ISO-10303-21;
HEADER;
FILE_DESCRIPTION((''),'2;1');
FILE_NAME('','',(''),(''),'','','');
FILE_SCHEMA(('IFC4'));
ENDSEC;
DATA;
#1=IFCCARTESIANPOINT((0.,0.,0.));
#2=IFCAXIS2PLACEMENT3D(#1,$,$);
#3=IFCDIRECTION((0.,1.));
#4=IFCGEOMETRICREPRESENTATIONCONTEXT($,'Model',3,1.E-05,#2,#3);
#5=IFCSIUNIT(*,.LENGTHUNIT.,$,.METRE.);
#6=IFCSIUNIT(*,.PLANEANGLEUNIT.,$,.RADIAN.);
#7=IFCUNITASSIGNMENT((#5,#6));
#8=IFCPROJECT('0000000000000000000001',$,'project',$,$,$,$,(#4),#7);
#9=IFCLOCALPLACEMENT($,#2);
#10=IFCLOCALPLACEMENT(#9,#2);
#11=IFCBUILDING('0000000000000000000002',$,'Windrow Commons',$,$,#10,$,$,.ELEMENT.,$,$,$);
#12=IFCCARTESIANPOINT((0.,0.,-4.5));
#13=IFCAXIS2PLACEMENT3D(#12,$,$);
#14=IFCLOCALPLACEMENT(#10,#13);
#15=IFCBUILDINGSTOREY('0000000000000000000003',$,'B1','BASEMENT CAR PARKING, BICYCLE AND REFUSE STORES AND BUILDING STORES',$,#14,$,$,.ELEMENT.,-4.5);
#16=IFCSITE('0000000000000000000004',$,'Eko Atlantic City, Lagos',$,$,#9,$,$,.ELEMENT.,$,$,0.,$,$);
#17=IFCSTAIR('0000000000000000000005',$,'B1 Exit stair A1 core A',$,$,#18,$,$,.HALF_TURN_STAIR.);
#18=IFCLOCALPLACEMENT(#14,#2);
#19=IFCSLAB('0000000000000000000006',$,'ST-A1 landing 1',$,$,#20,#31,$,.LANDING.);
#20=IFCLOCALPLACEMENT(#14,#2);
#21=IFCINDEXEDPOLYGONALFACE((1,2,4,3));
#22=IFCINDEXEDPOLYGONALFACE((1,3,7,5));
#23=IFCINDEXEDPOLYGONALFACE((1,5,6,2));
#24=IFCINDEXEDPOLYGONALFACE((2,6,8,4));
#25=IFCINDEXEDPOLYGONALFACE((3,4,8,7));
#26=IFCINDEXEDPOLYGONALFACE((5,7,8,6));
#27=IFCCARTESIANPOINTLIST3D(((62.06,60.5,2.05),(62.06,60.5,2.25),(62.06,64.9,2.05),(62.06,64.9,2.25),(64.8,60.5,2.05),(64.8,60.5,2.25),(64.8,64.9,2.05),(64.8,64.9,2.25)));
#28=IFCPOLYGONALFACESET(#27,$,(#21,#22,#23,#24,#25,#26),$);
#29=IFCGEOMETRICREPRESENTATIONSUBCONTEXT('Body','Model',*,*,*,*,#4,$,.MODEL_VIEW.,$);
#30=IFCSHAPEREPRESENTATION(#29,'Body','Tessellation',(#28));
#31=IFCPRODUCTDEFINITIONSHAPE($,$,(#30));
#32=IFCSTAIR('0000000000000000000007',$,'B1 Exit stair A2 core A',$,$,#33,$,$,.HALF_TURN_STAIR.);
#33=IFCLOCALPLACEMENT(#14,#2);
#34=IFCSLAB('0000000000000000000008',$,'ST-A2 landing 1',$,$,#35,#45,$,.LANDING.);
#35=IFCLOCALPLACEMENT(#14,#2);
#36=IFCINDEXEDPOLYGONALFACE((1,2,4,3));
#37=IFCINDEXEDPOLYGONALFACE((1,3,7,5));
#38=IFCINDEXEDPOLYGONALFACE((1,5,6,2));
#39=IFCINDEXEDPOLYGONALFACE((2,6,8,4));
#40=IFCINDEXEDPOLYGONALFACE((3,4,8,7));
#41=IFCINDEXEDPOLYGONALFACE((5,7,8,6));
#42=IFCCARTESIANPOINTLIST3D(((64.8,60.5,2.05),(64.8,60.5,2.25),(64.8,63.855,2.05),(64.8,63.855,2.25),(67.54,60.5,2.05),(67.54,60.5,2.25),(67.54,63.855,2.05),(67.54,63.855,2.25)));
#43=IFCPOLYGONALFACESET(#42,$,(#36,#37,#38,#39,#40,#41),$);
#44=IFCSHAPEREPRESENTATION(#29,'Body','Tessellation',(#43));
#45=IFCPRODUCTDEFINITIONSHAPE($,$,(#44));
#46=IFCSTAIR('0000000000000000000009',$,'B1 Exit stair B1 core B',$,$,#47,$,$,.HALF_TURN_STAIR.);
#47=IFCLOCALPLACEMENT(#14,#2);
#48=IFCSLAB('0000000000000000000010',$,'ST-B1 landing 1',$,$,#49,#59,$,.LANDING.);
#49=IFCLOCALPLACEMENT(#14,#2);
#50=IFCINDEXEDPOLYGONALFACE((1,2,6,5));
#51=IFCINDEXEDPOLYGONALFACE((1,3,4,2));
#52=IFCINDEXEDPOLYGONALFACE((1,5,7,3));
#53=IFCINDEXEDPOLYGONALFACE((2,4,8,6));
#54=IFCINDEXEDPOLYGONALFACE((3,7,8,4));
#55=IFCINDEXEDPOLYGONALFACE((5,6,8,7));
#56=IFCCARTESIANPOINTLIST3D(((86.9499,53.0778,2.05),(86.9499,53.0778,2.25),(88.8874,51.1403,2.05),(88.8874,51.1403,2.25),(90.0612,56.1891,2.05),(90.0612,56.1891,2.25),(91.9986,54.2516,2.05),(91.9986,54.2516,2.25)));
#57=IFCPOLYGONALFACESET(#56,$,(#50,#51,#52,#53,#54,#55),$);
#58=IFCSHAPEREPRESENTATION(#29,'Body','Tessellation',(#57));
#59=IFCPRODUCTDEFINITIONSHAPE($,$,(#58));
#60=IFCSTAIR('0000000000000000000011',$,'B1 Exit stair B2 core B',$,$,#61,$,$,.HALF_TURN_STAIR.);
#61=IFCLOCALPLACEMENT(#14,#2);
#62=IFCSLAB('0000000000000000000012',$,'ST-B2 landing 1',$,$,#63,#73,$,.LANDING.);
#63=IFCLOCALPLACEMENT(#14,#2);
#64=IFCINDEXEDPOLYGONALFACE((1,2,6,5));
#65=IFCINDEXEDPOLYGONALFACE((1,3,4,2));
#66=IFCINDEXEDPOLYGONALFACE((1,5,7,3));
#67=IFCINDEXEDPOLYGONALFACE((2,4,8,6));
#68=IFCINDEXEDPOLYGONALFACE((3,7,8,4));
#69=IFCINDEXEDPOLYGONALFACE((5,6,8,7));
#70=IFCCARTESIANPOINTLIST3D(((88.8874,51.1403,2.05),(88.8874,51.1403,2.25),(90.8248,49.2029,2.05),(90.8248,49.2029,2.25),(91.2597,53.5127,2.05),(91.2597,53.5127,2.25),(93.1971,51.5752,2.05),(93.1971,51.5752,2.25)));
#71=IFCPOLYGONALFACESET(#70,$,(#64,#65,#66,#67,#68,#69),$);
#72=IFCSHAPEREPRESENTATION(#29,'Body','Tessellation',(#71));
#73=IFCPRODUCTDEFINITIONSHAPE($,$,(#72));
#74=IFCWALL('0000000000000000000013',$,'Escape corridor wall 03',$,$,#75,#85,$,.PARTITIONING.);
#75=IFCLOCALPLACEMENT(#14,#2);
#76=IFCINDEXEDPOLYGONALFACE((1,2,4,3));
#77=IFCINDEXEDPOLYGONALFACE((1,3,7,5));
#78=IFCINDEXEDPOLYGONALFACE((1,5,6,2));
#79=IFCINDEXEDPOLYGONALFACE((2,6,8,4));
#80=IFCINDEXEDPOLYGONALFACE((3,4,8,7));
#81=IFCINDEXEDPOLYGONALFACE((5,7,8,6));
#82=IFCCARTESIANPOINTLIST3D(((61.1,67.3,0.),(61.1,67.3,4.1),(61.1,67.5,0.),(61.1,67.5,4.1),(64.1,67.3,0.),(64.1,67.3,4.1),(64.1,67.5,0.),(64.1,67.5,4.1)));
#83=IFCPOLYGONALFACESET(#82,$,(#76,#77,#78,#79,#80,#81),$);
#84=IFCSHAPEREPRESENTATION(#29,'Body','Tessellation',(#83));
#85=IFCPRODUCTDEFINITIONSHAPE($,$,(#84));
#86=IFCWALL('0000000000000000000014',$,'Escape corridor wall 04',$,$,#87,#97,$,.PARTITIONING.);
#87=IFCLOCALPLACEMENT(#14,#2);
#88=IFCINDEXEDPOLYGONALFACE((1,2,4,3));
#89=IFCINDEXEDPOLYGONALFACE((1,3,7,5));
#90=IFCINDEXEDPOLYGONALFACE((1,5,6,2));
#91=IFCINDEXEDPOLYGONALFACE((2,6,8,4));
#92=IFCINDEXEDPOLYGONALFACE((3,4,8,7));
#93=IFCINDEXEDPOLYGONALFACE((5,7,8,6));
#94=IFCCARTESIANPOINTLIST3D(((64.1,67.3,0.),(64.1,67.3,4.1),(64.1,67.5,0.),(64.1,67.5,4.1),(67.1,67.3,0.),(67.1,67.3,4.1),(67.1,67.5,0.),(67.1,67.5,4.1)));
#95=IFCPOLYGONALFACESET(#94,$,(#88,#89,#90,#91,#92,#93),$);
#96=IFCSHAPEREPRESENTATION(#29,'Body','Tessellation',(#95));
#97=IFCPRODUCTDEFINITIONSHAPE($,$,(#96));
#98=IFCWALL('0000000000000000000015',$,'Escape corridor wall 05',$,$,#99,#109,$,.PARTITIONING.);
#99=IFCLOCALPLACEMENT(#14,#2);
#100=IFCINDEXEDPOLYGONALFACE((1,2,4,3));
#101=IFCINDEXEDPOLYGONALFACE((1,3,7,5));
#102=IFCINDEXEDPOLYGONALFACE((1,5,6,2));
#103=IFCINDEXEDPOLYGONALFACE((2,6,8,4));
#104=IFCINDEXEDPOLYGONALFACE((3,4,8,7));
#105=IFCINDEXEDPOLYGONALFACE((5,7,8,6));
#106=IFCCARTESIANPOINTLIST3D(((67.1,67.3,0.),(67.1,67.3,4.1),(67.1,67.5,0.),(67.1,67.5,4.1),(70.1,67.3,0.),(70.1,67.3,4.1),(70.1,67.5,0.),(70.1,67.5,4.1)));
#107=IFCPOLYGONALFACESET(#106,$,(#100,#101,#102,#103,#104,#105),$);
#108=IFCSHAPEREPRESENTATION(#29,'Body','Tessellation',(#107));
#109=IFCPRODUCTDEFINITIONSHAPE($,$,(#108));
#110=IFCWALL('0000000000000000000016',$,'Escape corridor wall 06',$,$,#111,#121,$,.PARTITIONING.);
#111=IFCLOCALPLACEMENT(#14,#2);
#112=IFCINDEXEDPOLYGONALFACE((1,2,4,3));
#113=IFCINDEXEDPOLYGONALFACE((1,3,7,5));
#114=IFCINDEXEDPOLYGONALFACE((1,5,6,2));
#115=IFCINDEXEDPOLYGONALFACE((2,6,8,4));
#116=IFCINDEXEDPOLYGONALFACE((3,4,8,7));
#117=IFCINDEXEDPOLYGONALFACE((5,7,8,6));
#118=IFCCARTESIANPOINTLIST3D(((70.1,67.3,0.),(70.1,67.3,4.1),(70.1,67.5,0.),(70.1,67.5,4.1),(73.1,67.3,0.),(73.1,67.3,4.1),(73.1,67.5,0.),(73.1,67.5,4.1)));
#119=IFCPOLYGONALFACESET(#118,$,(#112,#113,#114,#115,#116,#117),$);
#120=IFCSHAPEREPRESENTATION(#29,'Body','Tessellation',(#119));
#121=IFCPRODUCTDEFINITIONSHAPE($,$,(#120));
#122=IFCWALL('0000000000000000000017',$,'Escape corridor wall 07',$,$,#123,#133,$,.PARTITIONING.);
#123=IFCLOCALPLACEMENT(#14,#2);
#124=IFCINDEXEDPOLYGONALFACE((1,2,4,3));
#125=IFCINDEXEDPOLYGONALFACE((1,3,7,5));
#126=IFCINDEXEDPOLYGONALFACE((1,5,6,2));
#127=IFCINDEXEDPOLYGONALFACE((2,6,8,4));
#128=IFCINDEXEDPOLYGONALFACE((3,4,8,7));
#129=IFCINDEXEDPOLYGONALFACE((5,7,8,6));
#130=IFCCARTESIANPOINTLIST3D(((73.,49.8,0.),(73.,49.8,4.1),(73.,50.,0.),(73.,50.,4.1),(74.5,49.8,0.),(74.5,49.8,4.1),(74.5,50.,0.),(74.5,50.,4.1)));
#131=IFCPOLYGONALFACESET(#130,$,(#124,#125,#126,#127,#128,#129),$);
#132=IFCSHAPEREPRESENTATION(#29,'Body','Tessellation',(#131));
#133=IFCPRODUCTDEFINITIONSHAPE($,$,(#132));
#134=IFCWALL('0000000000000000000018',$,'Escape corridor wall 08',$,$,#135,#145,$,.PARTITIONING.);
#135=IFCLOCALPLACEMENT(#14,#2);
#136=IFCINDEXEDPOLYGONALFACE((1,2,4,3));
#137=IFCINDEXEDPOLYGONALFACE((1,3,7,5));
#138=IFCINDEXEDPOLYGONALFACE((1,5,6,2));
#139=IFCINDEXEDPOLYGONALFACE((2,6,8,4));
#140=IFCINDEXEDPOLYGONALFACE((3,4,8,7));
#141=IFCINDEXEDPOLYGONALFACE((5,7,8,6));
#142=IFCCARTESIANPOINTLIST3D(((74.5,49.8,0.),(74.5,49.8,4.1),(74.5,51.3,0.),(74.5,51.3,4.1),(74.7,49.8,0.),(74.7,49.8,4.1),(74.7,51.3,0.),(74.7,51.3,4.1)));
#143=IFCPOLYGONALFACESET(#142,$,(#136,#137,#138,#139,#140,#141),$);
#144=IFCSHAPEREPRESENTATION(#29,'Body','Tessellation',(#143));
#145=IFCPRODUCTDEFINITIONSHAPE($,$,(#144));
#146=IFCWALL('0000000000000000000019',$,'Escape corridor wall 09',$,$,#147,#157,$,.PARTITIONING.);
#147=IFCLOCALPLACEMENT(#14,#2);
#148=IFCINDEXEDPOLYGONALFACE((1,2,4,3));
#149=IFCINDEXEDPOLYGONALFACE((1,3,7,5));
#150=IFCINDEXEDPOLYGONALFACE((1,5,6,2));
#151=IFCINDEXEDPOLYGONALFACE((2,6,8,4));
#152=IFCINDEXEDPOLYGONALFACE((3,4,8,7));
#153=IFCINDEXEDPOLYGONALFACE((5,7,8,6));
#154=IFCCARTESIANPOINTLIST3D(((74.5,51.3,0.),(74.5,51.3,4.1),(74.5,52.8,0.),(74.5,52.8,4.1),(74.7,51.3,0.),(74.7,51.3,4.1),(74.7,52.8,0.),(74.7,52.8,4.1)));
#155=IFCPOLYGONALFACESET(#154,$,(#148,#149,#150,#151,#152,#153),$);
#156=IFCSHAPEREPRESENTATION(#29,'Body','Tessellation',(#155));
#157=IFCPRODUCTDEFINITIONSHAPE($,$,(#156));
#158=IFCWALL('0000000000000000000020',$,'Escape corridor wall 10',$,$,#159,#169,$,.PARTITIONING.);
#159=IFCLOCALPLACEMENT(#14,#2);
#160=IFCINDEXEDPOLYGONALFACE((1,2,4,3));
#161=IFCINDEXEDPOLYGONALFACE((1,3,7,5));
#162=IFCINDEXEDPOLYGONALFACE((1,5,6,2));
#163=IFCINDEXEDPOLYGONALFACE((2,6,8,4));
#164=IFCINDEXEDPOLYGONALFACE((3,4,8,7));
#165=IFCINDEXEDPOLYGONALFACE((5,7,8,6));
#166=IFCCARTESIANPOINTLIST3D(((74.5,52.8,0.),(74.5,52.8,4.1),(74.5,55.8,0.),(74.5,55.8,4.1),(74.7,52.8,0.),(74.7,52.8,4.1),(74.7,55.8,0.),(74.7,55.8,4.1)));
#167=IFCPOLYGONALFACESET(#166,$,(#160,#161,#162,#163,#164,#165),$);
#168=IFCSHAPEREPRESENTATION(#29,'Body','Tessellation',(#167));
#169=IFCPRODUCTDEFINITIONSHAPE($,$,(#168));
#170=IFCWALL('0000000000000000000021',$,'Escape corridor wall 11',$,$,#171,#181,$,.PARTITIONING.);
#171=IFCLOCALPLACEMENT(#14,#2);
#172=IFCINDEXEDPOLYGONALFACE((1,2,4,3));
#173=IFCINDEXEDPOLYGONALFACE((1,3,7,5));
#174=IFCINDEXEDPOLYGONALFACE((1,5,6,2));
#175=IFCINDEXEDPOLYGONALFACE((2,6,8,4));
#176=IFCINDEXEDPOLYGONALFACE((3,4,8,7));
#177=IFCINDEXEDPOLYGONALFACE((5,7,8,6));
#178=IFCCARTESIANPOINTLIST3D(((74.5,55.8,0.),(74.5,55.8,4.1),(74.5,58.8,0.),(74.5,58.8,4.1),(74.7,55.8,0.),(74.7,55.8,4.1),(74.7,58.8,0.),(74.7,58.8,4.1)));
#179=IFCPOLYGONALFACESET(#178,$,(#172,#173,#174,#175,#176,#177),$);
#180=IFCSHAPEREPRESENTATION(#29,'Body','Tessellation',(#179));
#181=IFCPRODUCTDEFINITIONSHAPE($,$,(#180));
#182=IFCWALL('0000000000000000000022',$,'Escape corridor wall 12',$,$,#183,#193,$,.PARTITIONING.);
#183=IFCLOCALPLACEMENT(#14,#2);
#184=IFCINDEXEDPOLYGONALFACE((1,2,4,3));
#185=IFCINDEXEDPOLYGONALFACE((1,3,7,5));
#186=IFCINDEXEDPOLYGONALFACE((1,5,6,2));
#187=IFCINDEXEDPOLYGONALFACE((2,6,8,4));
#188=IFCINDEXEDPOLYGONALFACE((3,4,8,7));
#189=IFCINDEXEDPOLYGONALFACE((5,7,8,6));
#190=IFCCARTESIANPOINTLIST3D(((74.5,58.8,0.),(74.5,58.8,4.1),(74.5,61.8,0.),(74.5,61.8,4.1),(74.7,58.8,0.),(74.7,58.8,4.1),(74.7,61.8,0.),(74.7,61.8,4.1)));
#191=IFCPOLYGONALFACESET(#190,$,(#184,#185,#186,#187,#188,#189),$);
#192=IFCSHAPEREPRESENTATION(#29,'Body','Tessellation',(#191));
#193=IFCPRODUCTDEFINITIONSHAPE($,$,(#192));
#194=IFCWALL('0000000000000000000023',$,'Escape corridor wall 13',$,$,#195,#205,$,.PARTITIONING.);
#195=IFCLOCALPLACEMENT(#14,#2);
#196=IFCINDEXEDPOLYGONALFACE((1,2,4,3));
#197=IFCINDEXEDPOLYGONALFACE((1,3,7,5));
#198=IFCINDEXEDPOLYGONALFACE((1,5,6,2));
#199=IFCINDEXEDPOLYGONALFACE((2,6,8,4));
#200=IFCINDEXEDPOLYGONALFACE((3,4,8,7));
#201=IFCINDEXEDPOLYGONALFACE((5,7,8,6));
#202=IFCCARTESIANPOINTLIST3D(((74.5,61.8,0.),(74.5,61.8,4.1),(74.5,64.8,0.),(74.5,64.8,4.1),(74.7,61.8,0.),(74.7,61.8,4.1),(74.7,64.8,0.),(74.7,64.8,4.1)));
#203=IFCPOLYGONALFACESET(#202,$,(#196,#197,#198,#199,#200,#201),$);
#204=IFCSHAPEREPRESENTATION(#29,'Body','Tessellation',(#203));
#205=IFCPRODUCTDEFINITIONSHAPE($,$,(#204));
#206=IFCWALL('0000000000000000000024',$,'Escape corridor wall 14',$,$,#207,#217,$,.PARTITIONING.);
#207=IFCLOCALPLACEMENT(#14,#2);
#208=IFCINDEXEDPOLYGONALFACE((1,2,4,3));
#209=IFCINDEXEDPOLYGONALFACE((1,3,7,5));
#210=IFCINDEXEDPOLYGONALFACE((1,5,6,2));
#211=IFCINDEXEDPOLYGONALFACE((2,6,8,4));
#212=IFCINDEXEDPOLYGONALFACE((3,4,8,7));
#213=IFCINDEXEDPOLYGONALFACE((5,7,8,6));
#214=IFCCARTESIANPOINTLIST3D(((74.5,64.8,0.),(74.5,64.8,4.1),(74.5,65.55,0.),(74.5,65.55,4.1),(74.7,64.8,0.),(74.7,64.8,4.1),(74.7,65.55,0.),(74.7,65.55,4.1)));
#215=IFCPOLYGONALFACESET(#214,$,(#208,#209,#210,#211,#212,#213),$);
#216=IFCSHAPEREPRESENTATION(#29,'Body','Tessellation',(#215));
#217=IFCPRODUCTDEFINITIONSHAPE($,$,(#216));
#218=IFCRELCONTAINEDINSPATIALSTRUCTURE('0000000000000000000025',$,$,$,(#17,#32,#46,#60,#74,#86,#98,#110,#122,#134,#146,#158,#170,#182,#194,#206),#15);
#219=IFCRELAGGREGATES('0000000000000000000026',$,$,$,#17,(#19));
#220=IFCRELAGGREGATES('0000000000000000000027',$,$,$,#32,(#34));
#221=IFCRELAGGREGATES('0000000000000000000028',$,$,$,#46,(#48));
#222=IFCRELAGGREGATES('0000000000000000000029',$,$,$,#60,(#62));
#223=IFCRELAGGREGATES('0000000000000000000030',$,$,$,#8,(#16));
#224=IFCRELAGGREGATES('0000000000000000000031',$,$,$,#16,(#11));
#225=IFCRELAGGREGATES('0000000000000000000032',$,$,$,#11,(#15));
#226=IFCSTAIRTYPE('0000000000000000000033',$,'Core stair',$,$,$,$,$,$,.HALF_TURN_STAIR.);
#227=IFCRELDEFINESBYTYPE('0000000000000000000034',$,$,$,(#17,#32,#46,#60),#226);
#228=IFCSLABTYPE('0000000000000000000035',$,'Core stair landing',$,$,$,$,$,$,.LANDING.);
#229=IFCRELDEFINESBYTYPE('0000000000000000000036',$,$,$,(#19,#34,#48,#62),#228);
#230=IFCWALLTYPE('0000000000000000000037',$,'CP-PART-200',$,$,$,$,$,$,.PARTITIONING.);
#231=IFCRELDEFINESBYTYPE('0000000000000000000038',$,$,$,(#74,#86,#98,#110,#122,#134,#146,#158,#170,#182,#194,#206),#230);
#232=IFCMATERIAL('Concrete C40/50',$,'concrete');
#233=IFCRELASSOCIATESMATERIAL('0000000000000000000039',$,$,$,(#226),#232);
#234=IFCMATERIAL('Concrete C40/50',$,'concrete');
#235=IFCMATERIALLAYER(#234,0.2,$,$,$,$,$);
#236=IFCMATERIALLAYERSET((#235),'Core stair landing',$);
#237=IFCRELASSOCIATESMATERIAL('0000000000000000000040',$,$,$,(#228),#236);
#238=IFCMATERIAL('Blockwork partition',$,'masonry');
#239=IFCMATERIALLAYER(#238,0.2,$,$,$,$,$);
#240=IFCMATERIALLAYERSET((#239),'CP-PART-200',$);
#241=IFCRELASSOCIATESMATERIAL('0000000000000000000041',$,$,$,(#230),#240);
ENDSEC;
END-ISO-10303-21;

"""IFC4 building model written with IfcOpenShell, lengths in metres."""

from ifc_helpers import new_model, si_unit, direction, frame, origin, place, context, subcontext, project, spatial, polyline, outline, extrude, material, layer, layer_set, type_object, element, aggregate, save


model = new_model("IFC4")

# Units and contexts
model_context = context("Model", 3, precision=1e-05, world=origin(), true_north=direction((0.0, 1.0)))
body_context = subcontext(model_context, "Body", "Model", "MODEL_VIEW")
ifc_project = project(units=[si_unit("LENGTHUNIT", "METRE"), si_unit("PLANEANGLEUNIT", "RADIAN")], contexts=[model_context])

# Site, building, storey
site_placement = place(None, origin())
site = spatial("IfcSite", under=ifc_project, at=site_placement, Name="Eko Atlantic City, Lagos", CompositionType="ELEMENT", RefElevation=0.0)
building_placement = place(site_placement, origin())
building = spatial("IfcBuilding", under=site, at=building_placement, Name="Windrow Commons", CompositionType="ELEMENT")
storey_placement = place(building_placement, frame((0.0, 0.0, -4.5)))
storey = spatial("IfcBuildingStorey", under=building, at=storey_placement, Name="B1", Description="BASEMENT CAR PARKING, BICYCLE AND REFUSE STORES AND BUILDING STORES", CompositionType="ELEMENT", Elevation=-4.5)

# Stairs, slabs
ifc_material_1 = material(Name="Concrete C40/50", Category="concrete")
stair_type = type_object("IfcStairType", Name="Core stair", PredefinedType="HALF_TURN_STAIR", material=ifc_material_1)
placement_1 = place(storey_placement, origin())
stair_1 = element("IfcStair", 1, at=placement_1, inside=storey, type_object=stair_type, Name="B1 Exit stair A1 core A", PredefinedType="HALF_TURN_STAIR")
ifc_material_2 = material(Name="Concrete C40/50", Category="concrete")
ifc_layer_1 = layer(ifc_material_2, 0.2)
ifc_layer_set_1 = layer_set([ifc_layer_1], Name="Core stair landing")
slab_type = type_object("IfcSlabType", Name="Core stair landing", PredefinedType="LANDING", material=ifc_layer_set_1)
placement_2 = place(storey_placement, frame((0.0, 0.0, 2.05)))
slab_1 = element("IfcSlab", 2, at=placement_2, type_object=slab_type, Name="ST-A1 landing 1", PredefinedType="LANDING", context=body_context, shape_type="SweptSolid", body=[
    extrude(outline(polyline([(62.06, 60.5), (64.8, 60.5), (64.8, 64.9), (62.06, 64.9), (62.06, 60.5)])), origin(), (0.0, 0.0, 1.0), 0.2),
])
aggregate(stair_1, [slab_1])
stair_2 = element("IfcStair", 3, at=placement_1, inside=storey, type_object=stair_type, Name="B1 Exit stair A2 core A", PredefinedType="HALF_TURN_STAIR")
slab_2 = element("IfcSlab", 4, at=placement_2, type_object=slab_type, Name="ST-A2 landing 1", PredefinedType="LANDING", context=body_context, shape_type="SweptSolid", body=[
    extrude(outline(polyline([(64.8, 60.5), (67.54, 60.5), (67.54, 63.855), (64.8, 63.855), (64.8, 60.5)])), origin(), (0.0, 0.0, 1.0), 0.2),
])
aggregate(stair_2, [slab_2])
stair_3 = element("IfcStair", 5, at=placement_1, inside=storey, type_object=stair_type, Name="B1 Exit stair B1 core B", PredefinedType="HALF_TURN_STAIR")
slab_3 = element("IfcSlab", 6, at=placement_2, type_object=slab_type, Name="ST-B1 landing 1", PredefinedType="LANDING", context=body_context, shape_type="SweptSolid", body=[
    extrude(outline(polyline([(86.9499, 53.0778), (88.8874, 51.1403), (91.9986, 54.2516), (90.0612, 56.1891), (86.9499, 53.0778)])), origin(), (0.0, 0.0, 1.0), 0.2),
])
aggregate(stair_3, [slab_3])
stair_4 = element("IfcStair", 7, at=placement_1, inside=storey, type_object=stair_type, Name="B1 Exit stair B2 core B", PredefinedType="HALF_TURN_STAIR")
slab_4 = element("IfcSlab", 8, at=placement_2, type_object=slab_type, Name="ST-B2 landing 1", PredefinedType="LANDING", context=body_context, shape_type="SweptSolid", body=[
    extrude(outline(polyline([(88.8874, 51.1403), (90.8248, 49.2029), (93.1971, 51.5752), (91.2597, 53.5127), (88.8874, 51.1403)])), origin(), (0.0, 0.0, 1.0), 0.2),
])
aggregate(stair_4, [slab_4])

# Walls
ifc_material_3 = material(Name="Blockwork partition", Category="masonry")
ifc_layer_2 = layer(ifc_material_3, 0.2)
ifc_layer_set_2 = layer_set([ifc_layer_2], Name="CP-PART-200")
wall_type = type_object("IfcWallType", Name="CP-PART-200", PredefinedType="PARTITIONING", material=ifc_layer_set_2)
element("IfcWall", 9, at=placement_1, inside=storey, type_object=wall_type, Name="Escape corridor wall 03", PredefinedType="PARTITIONING", context=body_context, shape_type="SweptSolid", body=[
    extrude(outline(polyline([(61.1, 67.3), (64.1, 67.3), (64.1, 67.5), (61.1, 67.5), (61.1, 67.3)])), origin(), (0.0, 0.0, 1.0), 4.1),
])
element("IfcWall", 10, at=placement_1, inside=storey, type_object=wall_type, Name="Escape corridor wall 04", PredefinedType="PARTITIONING", context=body_context, shape_type="SweptSolid", body=[
    extrude(outline(polyline([(64.1, 67.3), (67.1, 67.3), (67.1, 67.5), (64.1, 67.5), (64.1, 67.3)])), origin(), (0.0, 0.0, 1.0), 4.1),
])
element("IfcWall", 11, at=placement_1, inside=storey, type_object=wall_type, Name="Escape corridor wall 05", PredefinedType="PARTITIONING", context=body_context, shape_type="SweptSolid", body=[
    extrude(outline(polyline([(67.1, 67.3), (70.1, 67.3), (70.1, 67.5), (67.1, 67.5), (67.1, 67.3)])), origin(), (0.0, 0.0, 1.0), 4.1),
])
element("IfcWall", 12, at=placement_1, inside=storey, type_object=wall_type, Name="Escape corridor wall 06", PredefinedType="PARTITIONING", context=body_context, shape_type="SweptSolid", body=[
    extrude(outline(polyline([(73.1, 67.3), (73.1, 67.5), (70.1, 67.5), (70.1, 67.3), (73.1, 67.3)])), origin(), (0.0, 0.0, 1.0), 4.1),
])
element("IfcWall", 13, at=placement_1, inside=storey, type_object=wall_type, Name="Escape corridor wall 07", PredefinedType="PARTITIONING", context=body_context, shape_type="SweptSolid", body=[
    extrude(outline(polyline([(74.5, 50.0), (73.0, 50.0), (73.0, 49.8), (74.5, 49.8), (74.5, 50.0)])), origin(), (0.0, 0.0, 1.0), 4.1),
])
element("IfcWall", 14, at=placement_1, inside=storey, type_object=wall_type, Name="Escape corridor wall 08", PredefinedType="PARTITIONING", context=body_context, shape_type="SweptSolid", body=[
    extrude(outline(polyline([(74.5, 51.3), (74.5, 49.8), (74.7, 49.8), (74.7, 51.3), (74.5, 51.3)])), origin(), (0.0, 0.0, 1.0), 4.1),
])
element("IfcWall", 15, at=placement_1, inside=storey, type_object=wall_type, Name="Escape corridor wall 09", PredefinedType="PARTITIONING", context=body_context, shape_type="SweptSolid", body=[
    extrude(outline(polyline([(74.5, 52.8), (74.5, 51.3), (74.7, 51.3), (74.7, 52.8), (74.5, 52.8)])), origin(), (0.0, 0.0, 1.0), 4.1),
])
element("IfcWall", 16, at=placement_1, inside=storey, type_object=wall_type, Name="Escape corridor wall 10", PredefinedType="PARTITIONING", context=body_context, shape_type="SweptSolid", body=[
    extrude(outline(polyline([(74.5, 55.8), (74.5, 52.8), (74.7, 52.8), (74.7, 55.8), (74.5, 55.8)])), origin(), (0.0, 0.0, 1.0), 4.1),
])
element("IfcWall", 17, at=placement_1, inside=storey, type_object=wall_type, Name="Escape corridor wall 11", PredefinedType="PARTITIONING", context=body_context, shape_type="SweptSolid", body=[
    extrude(outline(polyline([(74.5, 58.8), (74.5, 55.8), (74.7, 55.8), (74.7, 58.8), (74.5, 58.8)])), origin(), (0.0, 0.0, 1.0), 4.1),
])
element("IfcWall", 18, at=placement_1, inside=storey, type_object=wall_type, Name="Escape corridor wall 12", PredefinedType="PARTITIONING", context=body_context, shape_type="SweptSolid", body=[
    extrude(outline(polyline([(74.5, 61.8), (74.5, 58.8), (74.7, 58.8), (74.7, 61.8), (74.5, 61.8)])), origin(), (0.0, 0.0, 1.0), 4.1),
])
element("IfcWall", 19, at=placement_1, inside=storey, type_object=wall_type, Name="Escape corridor wall 13", PredefinedType="PARTITIONING", context=body_context, shape_type="SweptSolid", body=[
    extrude(outline(polyline([(74.5, 64.8), (74.5, 61.8), (74.7, 61.8), (74.7, 64.8), (74.5, 64.8)])), origin(), (0.0, 0.0, 1.0), 4.1),
])
element("IfcWall", 20, at=placement_1, inside=storey, type_object=wall_type, Name="Escape corridor wall 14", PredefinedType="PARTITIONING", context=body_context, shape_type="SweptSolid", body=[
    extrude(outline(polyline([(74.7, 64.8), (74.7, 65.55), (74.5, 65.55), (74.5, 64.8), (74.7, 64.8)])), origin(), (0.0, 0.0, 1.0), 4.1),
])

save(model, "model.ifc")
